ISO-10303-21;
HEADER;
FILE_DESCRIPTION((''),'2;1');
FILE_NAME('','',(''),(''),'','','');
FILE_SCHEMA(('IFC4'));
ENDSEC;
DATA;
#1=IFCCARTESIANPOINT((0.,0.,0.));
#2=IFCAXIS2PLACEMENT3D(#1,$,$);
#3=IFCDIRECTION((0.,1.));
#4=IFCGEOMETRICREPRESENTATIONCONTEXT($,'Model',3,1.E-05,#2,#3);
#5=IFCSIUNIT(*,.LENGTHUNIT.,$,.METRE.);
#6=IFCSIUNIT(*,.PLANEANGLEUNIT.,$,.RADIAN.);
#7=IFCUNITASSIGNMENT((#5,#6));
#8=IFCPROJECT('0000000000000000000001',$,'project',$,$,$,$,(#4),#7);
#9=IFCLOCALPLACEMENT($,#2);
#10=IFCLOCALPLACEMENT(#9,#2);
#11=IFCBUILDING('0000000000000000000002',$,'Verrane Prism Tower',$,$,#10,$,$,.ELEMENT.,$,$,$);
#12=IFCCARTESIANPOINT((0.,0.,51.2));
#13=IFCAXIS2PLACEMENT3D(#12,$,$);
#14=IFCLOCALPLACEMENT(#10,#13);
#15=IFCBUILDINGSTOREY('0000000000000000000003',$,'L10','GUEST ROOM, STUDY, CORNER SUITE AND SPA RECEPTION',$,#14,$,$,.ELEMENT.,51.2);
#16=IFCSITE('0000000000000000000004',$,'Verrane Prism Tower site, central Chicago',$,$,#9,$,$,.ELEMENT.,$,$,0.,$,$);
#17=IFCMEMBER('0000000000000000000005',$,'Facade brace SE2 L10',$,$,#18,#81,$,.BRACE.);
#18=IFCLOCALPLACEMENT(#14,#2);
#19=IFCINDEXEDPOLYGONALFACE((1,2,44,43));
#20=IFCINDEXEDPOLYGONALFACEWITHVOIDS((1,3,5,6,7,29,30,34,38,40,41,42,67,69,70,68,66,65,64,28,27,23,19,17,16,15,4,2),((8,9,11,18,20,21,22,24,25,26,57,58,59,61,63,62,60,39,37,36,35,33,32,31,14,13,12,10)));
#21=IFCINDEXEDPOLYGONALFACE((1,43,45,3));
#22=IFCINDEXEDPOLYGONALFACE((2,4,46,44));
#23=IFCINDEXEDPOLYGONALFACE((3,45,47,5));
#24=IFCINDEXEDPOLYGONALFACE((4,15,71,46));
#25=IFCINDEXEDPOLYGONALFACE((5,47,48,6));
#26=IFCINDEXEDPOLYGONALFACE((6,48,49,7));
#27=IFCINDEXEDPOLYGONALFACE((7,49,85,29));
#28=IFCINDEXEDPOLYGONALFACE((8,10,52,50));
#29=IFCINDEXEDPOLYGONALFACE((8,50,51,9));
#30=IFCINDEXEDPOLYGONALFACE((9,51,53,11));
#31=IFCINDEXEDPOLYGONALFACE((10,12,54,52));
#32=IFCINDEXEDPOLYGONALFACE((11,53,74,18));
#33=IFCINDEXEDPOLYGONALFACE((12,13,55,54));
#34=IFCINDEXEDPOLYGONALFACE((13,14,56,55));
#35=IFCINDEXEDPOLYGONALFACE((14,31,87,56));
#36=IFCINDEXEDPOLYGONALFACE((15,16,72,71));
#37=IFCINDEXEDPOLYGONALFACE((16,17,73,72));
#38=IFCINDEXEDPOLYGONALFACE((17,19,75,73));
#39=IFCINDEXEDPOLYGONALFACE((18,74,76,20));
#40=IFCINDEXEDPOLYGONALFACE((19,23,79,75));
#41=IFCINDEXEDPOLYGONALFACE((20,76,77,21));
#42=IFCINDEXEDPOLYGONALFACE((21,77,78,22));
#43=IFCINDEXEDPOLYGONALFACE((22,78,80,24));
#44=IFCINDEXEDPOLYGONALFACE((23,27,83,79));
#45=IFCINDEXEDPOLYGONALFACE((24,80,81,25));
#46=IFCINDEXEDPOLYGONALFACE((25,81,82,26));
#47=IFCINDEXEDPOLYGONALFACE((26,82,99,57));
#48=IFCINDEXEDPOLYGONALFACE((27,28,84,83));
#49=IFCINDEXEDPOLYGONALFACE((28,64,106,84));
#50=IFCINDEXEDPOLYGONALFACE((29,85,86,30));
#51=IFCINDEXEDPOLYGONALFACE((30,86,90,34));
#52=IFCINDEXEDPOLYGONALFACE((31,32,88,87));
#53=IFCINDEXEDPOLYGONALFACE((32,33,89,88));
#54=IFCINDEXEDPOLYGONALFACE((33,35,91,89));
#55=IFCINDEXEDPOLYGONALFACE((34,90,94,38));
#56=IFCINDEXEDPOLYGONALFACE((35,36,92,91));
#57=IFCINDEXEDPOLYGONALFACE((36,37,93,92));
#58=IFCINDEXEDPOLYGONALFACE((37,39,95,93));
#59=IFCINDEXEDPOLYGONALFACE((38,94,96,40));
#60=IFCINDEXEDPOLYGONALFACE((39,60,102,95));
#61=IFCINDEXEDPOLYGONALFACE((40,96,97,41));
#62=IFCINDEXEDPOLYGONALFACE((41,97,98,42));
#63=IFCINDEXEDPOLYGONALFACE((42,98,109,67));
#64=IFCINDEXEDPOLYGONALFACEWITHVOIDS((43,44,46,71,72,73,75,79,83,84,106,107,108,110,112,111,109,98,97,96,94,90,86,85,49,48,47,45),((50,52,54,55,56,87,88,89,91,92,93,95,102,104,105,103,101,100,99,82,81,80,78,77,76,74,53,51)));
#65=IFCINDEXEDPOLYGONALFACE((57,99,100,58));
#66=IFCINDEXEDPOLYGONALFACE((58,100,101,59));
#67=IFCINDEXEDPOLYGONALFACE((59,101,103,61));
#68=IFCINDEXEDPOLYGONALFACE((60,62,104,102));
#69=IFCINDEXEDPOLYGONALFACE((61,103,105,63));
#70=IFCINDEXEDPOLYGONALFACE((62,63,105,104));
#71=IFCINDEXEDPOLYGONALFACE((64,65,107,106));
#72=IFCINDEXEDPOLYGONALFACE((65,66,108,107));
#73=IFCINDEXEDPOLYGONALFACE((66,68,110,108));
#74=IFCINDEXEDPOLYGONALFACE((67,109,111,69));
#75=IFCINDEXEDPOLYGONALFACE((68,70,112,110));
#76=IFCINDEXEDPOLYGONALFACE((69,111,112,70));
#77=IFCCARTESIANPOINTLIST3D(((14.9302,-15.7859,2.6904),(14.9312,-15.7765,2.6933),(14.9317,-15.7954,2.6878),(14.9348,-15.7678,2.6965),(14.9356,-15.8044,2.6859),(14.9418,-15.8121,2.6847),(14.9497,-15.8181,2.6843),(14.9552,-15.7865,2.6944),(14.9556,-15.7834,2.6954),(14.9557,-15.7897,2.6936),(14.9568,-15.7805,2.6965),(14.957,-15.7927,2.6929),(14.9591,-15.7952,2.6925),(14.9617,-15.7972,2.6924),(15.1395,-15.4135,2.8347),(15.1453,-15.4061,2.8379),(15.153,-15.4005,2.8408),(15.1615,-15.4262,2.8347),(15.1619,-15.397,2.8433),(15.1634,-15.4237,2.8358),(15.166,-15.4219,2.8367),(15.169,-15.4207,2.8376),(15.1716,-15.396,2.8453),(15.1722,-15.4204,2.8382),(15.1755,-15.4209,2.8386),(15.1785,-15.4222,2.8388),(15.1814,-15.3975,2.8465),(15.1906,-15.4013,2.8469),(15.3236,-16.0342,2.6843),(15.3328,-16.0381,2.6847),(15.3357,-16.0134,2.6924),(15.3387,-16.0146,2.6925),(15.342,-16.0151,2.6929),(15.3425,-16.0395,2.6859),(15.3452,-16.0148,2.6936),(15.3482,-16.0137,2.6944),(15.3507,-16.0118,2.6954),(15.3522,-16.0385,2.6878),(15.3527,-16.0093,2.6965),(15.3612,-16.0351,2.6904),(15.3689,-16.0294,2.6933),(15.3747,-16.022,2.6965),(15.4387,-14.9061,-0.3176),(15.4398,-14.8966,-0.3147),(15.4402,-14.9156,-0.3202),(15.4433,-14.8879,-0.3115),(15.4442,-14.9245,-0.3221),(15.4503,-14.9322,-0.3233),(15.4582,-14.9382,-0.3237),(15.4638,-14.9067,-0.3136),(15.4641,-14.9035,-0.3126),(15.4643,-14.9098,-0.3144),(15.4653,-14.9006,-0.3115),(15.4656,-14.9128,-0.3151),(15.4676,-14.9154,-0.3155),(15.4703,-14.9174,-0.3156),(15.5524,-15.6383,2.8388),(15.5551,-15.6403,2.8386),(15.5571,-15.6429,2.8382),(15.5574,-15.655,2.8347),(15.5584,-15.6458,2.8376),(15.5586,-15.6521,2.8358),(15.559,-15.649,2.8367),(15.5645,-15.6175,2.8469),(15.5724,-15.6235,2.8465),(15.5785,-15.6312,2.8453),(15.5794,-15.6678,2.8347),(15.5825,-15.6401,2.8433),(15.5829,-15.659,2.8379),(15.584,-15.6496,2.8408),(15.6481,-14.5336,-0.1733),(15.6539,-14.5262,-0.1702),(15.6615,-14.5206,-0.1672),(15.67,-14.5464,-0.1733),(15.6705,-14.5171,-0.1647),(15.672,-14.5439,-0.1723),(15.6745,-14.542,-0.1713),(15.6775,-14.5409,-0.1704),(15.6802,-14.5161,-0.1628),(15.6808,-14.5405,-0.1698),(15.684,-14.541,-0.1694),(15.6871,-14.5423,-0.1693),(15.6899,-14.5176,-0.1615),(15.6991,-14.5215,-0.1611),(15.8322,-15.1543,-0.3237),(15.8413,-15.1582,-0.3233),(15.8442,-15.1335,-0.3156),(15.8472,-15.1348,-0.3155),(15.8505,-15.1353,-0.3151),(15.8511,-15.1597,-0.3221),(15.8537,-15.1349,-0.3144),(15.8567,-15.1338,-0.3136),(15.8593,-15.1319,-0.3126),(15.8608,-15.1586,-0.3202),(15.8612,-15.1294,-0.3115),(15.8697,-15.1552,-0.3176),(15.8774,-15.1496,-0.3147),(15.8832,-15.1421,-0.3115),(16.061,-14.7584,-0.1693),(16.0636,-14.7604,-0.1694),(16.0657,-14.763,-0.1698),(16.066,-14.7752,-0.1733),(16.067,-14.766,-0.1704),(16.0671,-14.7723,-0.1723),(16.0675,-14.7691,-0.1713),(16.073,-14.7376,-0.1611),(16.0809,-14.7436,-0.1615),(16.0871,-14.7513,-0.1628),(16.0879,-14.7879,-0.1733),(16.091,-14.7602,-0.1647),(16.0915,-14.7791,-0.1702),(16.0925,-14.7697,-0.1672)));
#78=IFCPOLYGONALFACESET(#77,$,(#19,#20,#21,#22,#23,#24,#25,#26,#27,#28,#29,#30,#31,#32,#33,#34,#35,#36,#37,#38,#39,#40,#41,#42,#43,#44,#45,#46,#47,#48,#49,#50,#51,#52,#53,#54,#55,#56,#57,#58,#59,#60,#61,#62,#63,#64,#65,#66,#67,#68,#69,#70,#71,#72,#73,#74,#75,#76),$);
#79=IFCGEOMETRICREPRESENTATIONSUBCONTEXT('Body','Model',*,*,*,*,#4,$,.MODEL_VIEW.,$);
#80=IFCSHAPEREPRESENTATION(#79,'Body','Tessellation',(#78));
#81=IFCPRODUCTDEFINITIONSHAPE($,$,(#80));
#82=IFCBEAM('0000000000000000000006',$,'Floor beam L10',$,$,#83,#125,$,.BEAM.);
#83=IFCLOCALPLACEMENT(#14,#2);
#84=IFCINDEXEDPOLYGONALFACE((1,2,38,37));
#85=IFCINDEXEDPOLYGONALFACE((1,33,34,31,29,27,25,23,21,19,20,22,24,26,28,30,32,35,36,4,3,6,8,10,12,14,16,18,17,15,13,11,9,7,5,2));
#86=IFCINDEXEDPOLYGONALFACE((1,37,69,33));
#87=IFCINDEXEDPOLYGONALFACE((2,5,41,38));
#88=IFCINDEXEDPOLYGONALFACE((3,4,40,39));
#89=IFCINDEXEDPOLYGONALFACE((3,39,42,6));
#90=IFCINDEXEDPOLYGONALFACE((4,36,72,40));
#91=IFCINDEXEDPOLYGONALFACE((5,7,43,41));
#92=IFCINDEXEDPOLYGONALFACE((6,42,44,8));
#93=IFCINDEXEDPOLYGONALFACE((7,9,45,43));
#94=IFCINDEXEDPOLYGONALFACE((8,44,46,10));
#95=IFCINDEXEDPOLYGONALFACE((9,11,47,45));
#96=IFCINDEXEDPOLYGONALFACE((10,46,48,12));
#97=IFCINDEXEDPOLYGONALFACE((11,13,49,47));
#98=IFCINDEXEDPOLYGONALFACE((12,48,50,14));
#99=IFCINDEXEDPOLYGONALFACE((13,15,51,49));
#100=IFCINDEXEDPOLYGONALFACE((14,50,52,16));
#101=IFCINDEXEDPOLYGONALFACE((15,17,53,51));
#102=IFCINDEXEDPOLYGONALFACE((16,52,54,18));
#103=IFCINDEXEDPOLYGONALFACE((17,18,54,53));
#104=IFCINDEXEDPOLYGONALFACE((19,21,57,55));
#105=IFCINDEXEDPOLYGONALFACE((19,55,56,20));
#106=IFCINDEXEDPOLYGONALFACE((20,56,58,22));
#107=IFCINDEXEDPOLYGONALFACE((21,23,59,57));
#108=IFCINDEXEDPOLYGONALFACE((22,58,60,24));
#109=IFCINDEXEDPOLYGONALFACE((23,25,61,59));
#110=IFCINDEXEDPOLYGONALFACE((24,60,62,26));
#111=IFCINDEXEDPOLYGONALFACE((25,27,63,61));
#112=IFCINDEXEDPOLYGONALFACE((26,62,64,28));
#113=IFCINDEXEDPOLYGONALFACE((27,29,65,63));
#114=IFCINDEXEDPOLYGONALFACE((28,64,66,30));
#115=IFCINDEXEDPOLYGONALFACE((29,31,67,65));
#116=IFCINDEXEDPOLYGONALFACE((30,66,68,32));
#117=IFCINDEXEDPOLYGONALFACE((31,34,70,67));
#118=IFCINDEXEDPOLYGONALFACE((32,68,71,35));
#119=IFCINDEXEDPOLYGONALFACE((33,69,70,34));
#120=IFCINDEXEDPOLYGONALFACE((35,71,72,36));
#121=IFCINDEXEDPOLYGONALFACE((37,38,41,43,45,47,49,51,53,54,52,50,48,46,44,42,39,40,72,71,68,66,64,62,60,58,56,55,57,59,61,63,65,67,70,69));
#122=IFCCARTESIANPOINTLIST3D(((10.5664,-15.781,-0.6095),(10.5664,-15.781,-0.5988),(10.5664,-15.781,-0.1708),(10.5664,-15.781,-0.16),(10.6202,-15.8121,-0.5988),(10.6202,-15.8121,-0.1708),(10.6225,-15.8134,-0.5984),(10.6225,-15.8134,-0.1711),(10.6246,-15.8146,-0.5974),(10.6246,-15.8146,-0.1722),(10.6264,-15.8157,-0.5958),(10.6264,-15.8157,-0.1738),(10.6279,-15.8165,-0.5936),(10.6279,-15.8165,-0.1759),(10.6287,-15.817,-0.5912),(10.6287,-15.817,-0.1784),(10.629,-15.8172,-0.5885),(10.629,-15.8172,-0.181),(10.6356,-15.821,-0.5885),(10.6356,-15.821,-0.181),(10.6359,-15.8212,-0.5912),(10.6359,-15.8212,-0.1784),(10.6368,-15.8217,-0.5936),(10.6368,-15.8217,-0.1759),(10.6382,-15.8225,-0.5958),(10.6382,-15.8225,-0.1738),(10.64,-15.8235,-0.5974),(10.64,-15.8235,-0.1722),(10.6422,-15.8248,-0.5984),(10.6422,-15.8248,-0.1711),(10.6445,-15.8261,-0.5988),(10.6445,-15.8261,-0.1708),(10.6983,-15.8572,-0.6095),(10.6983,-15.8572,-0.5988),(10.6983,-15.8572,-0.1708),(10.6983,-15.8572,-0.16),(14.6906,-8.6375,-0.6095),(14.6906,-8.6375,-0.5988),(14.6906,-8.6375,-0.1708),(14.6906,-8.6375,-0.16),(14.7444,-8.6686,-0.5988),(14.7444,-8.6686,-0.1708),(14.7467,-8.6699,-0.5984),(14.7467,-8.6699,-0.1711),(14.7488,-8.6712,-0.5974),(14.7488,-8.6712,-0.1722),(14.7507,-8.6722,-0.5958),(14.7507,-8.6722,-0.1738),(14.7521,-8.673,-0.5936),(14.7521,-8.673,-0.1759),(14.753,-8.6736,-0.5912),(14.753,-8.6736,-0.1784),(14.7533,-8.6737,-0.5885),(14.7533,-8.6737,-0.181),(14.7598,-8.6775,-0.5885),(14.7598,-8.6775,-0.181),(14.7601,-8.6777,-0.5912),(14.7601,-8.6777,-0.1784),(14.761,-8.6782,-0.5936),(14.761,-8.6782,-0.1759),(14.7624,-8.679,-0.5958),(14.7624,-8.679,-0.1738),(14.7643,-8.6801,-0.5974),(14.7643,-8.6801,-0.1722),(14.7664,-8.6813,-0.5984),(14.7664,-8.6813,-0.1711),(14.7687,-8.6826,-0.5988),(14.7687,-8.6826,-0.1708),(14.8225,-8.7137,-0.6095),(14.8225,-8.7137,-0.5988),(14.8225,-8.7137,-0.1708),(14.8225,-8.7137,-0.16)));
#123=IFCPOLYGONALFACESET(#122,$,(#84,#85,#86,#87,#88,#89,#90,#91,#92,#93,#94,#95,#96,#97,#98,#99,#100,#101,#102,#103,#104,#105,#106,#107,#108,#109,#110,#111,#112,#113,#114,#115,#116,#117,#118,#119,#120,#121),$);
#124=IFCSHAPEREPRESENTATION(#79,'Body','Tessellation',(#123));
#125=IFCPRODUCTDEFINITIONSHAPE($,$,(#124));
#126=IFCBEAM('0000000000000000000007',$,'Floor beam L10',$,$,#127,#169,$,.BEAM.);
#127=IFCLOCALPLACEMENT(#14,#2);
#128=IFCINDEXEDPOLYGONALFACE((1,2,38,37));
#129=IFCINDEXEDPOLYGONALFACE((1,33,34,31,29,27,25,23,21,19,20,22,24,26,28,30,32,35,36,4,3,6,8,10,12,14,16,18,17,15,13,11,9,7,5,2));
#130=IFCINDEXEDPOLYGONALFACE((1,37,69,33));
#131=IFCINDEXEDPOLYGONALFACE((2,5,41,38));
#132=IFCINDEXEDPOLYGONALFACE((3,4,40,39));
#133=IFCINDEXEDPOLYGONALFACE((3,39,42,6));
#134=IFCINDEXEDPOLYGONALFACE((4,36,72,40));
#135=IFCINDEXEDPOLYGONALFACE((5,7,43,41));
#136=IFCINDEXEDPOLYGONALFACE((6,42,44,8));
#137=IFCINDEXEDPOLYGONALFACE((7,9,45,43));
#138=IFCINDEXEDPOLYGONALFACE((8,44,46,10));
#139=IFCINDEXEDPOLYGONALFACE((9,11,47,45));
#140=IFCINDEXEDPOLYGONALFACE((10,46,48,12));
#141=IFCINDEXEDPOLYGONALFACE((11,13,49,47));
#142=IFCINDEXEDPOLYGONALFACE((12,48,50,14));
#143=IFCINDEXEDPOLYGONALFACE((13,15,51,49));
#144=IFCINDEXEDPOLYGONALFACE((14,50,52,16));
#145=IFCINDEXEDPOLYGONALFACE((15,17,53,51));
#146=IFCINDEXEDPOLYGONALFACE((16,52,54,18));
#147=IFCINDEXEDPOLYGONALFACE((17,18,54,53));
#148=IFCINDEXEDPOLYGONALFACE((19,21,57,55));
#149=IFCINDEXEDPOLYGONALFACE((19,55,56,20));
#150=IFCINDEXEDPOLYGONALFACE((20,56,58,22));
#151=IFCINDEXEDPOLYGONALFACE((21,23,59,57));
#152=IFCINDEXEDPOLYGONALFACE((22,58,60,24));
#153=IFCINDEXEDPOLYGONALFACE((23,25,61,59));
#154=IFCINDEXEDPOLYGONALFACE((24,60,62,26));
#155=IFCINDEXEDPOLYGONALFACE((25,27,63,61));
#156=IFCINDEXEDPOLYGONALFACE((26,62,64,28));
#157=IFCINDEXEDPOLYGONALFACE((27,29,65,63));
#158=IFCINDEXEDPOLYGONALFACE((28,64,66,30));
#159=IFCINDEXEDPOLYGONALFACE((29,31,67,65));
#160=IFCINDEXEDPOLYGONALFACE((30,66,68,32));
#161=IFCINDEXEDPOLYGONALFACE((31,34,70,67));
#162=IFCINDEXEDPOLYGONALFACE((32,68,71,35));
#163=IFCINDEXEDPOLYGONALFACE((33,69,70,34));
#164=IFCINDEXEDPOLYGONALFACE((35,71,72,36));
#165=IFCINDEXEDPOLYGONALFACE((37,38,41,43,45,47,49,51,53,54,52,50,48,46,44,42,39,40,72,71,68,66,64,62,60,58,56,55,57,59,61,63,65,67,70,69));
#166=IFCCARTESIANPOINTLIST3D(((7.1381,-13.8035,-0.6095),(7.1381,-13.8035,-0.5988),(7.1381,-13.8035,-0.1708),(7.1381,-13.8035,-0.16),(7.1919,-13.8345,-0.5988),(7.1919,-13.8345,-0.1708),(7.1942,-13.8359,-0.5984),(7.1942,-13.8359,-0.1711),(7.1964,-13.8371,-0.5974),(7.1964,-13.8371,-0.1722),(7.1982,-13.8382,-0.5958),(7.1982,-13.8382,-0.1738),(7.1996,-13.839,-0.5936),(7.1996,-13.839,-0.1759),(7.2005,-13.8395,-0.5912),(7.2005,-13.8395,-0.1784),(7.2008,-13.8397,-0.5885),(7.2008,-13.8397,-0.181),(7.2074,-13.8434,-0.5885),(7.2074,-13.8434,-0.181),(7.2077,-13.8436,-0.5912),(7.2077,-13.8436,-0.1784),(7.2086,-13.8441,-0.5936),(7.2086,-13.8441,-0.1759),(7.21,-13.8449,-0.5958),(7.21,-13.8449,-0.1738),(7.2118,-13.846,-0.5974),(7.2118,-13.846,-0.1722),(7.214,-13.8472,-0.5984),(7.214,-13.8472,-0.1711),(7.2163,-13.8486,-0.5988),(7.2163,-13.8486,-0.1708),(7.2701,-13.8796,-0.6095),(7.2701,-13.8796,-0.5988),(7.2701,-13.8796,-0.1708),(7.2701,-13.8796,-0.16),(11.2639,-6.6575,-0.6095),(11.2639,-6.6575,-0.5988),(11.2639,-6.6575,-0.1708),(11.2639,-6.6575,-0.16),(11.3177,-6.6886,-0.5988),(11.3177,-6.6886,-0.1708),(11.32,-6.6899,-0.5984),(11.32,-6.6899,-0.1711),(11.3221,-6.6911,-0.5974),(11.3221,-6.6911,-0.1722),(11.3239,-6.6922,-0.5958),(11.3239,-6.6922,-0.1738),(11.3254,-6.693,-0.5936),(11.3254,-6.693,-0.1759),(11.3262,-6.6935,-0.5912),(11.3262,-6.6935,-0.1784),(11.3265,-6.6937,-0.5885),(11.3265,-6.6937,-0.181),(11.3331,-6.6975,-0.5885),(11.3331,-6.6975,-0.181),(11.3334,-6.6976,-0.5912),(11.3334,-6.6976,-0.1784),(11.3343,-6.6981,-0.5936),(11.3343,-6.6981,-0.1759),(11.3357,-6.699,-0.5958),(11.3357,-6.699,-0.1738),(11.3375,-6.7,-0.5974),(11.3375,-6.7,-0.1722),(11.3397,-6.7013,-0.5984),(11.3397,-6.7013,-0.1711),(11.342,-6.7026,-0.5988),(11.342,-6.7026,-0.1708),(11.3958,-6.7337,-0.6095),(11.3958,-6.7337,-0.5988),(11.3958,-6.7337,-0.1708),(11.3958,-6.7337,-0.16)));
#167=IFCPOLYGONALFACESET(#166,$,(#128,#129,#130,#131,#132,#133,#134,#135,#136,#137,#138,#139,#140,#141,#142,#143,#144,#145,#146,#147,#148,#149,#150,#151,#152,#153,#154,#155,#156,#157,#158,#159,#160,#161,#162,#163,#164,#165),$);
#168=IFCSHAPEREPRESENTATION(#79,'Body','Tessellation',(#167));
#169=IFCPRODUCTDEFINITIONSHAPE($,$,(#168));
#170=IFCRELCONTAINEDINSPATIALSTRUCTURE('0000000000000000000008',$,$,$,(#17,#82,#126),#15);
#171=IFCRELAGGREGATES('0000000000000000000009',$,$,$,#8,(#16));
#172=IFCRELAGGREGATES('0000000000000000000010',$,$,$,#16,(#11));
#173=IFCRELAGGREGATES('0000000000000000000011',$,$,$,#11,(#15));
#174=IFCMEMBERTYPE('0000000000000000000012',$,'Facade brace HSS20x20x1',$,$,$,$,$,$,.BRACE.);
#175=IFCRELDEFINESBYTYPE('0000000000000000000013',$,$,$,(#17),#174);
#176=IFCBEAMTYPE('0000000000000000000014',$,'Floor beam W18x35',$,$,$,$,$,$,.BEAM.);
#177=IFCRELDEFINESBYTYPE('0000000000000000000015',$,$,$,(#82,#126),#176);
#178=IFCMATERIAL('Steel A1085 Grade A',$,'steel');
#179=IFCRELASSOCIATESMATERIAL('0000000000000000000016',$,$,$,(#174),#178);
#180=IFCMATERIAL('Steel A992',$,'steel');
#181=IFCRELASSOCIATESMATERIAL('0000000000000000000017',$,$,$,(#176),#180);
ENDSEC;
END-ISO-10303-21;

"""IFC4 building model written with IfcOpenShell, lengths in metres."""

from ifc_helpers import new_model, si_unit, direction, frame, origin, origin_2d, place, context, subcontext, project, spatial, hollow_rectangle, i_section, extrude, material, material_profile, profile_set, type_object, element, save


model = new_model("IFC4")

# Units and contexts
model_context = context("Model", 3, precision=1e-05, world=origin(), true_north=direction((0.0, 1.0)))
body_context = subcontext(model_context, "Body", "Model", "MODEL_VIEW")
ifc_project = project(units=[si_unit("LENGTHUNIT", "METRE"), si_unit("PLANEANGLEUNIT", "RADIAN")], contexts=[model_context])

# Site, building, storey
site_placement = place(None, origin())
site = spatial("IfcSite", under=ifc_project, at=site_placement, Name="Verrane Prism Tower site, central Chicago", CompositionType="ELEMENT", RefElevation=0.0)
building_placement = place(site_placement, origin())
building = spatial("IfcBuilding", under=site, at=building_placement, Name="Verrane Prism Tower", CompositionType="ELEMENT")
storey_placement = place(building_placement, frame((0.0, 0.0, 51.2)))
storey = spatial("IfcBuildingStorey", under=building, at=storey_placement, Name="L10", Description="GUEST ROOM, STUDY, CORNER SUITE AND SPA RECEPTION", CompositionType="ELEMENT", Elevation=51.2)

# Member
ifc_material_1 = material(Name="Steel A1085 Grade A", Category="steel")
ifc_material_profile_1 = material_profile(ifc_material_1, hollow_rectangle(XDim=0.5081, YDim=0.5081, WallThickness=0.0254, InnerFilletRadius=0.0127, OuterFilletRadius=0.0381, at=origin_2d()), Name="HSS20x20x1")
ifc_profile_set_1 = profile_set([ifc_material_profile_1], Name="Steel A1085 Grade A")
member_type_1 = type_object("IfcMemberType", Name="Facade brace HSS20x20x1", PredefinedType="BRACE", material=ifc_profile_set_1)
member_1_placement = place(storey_placement, frame((15.7656, -14.8379, -0.2424), z_axis=(-0.160167, -0.27712, 0.947392), x_axis=(0.865793, -0.500402, 0.0)))
element("IfcMember", 1, at=member_1_placement, inside=storey, type_object=member_type_1, Name="Facade brace SE2 L10", PredefinedType="BRACE", context=body_context, shape_type="SweptSolid", body=[
    extrude(hollow_rectangle(XDim=0.5081, YDim=0.5081, WallThickness=0.0254, InnerFilletRadius=0.0127, OuterFilletRadius=0.0381, at=origin_2d()), origin(), (0.0, 0.0, 1.0), 3.175),
])

# Beams
ifc_material_2 = material(Name="Steel A992", Category="steel")
ifc_material_profile_2 = material_profile(ifc_material_2, i_section(OverallWidth=0.1523, OverallDepth=0.4495, WebThickness=0.0076, FlangeThickness=0.0107, FilletRadius=0.0103, at=origin_2d()), Name="W18x35")
ifc_profile_set_2 = profile_set([ifc_material_profile_2], Name="Steel A992")
beam_type_1 = type_object("IfcBeamType", Name="Floor beam W18x35", PredefinedType="BEAM", material=ifc_profile_set_2)
beam_1_placement = place(storey_placement, frame((10.6323, -15.8191, -0.3848), z_axis=(0.499994, 0.866029, 0.0), x_axis=(-0.866029, 0.499994, 0.0)))
element("IfcBeam", 2, at=beam_1_placement, inside=storey, type_object=beam_type_1, Name="Floor beam L10", PredefinedType="BEAM", context=body_context, shape_type="SweptSolid", body=[
    extrude(i_section(OverallWidth=0.1523, OverallDepth=0.4495, WebThickness=0.0076, FlangeThickness=0.0107, FilletRadius=0.0103, at=origin_2d()), origin(), (0.0, 0.0, 1.0), 8.2485),
])
beam_2_placement = place(storey_placement, frame((7.2041, -13.8416, -0.3848), z_axis=(0.499999, 0.866026, 0.0), x_axis=(-0.866026, 0.499999, 0.0)))
element("IfcBeam", 3, at=beam_2_placement, inside=storey, type_object=beam_type_1, Name="Floor beam L10", PredefinedType="BEAM", context=body_context, shape_type="SweptSolid", body=[
    extrude(i_section(OverallWidth=0.1523, OverallDepth=0.4495, WebThickness=0.0076, FlangeThickness=0.0107, FilletRadius=0.0103, at=origin_2d()), origin(), (0.0, 0.0, 1.0), 8.2515),
])

save(model, "model.ifc")
